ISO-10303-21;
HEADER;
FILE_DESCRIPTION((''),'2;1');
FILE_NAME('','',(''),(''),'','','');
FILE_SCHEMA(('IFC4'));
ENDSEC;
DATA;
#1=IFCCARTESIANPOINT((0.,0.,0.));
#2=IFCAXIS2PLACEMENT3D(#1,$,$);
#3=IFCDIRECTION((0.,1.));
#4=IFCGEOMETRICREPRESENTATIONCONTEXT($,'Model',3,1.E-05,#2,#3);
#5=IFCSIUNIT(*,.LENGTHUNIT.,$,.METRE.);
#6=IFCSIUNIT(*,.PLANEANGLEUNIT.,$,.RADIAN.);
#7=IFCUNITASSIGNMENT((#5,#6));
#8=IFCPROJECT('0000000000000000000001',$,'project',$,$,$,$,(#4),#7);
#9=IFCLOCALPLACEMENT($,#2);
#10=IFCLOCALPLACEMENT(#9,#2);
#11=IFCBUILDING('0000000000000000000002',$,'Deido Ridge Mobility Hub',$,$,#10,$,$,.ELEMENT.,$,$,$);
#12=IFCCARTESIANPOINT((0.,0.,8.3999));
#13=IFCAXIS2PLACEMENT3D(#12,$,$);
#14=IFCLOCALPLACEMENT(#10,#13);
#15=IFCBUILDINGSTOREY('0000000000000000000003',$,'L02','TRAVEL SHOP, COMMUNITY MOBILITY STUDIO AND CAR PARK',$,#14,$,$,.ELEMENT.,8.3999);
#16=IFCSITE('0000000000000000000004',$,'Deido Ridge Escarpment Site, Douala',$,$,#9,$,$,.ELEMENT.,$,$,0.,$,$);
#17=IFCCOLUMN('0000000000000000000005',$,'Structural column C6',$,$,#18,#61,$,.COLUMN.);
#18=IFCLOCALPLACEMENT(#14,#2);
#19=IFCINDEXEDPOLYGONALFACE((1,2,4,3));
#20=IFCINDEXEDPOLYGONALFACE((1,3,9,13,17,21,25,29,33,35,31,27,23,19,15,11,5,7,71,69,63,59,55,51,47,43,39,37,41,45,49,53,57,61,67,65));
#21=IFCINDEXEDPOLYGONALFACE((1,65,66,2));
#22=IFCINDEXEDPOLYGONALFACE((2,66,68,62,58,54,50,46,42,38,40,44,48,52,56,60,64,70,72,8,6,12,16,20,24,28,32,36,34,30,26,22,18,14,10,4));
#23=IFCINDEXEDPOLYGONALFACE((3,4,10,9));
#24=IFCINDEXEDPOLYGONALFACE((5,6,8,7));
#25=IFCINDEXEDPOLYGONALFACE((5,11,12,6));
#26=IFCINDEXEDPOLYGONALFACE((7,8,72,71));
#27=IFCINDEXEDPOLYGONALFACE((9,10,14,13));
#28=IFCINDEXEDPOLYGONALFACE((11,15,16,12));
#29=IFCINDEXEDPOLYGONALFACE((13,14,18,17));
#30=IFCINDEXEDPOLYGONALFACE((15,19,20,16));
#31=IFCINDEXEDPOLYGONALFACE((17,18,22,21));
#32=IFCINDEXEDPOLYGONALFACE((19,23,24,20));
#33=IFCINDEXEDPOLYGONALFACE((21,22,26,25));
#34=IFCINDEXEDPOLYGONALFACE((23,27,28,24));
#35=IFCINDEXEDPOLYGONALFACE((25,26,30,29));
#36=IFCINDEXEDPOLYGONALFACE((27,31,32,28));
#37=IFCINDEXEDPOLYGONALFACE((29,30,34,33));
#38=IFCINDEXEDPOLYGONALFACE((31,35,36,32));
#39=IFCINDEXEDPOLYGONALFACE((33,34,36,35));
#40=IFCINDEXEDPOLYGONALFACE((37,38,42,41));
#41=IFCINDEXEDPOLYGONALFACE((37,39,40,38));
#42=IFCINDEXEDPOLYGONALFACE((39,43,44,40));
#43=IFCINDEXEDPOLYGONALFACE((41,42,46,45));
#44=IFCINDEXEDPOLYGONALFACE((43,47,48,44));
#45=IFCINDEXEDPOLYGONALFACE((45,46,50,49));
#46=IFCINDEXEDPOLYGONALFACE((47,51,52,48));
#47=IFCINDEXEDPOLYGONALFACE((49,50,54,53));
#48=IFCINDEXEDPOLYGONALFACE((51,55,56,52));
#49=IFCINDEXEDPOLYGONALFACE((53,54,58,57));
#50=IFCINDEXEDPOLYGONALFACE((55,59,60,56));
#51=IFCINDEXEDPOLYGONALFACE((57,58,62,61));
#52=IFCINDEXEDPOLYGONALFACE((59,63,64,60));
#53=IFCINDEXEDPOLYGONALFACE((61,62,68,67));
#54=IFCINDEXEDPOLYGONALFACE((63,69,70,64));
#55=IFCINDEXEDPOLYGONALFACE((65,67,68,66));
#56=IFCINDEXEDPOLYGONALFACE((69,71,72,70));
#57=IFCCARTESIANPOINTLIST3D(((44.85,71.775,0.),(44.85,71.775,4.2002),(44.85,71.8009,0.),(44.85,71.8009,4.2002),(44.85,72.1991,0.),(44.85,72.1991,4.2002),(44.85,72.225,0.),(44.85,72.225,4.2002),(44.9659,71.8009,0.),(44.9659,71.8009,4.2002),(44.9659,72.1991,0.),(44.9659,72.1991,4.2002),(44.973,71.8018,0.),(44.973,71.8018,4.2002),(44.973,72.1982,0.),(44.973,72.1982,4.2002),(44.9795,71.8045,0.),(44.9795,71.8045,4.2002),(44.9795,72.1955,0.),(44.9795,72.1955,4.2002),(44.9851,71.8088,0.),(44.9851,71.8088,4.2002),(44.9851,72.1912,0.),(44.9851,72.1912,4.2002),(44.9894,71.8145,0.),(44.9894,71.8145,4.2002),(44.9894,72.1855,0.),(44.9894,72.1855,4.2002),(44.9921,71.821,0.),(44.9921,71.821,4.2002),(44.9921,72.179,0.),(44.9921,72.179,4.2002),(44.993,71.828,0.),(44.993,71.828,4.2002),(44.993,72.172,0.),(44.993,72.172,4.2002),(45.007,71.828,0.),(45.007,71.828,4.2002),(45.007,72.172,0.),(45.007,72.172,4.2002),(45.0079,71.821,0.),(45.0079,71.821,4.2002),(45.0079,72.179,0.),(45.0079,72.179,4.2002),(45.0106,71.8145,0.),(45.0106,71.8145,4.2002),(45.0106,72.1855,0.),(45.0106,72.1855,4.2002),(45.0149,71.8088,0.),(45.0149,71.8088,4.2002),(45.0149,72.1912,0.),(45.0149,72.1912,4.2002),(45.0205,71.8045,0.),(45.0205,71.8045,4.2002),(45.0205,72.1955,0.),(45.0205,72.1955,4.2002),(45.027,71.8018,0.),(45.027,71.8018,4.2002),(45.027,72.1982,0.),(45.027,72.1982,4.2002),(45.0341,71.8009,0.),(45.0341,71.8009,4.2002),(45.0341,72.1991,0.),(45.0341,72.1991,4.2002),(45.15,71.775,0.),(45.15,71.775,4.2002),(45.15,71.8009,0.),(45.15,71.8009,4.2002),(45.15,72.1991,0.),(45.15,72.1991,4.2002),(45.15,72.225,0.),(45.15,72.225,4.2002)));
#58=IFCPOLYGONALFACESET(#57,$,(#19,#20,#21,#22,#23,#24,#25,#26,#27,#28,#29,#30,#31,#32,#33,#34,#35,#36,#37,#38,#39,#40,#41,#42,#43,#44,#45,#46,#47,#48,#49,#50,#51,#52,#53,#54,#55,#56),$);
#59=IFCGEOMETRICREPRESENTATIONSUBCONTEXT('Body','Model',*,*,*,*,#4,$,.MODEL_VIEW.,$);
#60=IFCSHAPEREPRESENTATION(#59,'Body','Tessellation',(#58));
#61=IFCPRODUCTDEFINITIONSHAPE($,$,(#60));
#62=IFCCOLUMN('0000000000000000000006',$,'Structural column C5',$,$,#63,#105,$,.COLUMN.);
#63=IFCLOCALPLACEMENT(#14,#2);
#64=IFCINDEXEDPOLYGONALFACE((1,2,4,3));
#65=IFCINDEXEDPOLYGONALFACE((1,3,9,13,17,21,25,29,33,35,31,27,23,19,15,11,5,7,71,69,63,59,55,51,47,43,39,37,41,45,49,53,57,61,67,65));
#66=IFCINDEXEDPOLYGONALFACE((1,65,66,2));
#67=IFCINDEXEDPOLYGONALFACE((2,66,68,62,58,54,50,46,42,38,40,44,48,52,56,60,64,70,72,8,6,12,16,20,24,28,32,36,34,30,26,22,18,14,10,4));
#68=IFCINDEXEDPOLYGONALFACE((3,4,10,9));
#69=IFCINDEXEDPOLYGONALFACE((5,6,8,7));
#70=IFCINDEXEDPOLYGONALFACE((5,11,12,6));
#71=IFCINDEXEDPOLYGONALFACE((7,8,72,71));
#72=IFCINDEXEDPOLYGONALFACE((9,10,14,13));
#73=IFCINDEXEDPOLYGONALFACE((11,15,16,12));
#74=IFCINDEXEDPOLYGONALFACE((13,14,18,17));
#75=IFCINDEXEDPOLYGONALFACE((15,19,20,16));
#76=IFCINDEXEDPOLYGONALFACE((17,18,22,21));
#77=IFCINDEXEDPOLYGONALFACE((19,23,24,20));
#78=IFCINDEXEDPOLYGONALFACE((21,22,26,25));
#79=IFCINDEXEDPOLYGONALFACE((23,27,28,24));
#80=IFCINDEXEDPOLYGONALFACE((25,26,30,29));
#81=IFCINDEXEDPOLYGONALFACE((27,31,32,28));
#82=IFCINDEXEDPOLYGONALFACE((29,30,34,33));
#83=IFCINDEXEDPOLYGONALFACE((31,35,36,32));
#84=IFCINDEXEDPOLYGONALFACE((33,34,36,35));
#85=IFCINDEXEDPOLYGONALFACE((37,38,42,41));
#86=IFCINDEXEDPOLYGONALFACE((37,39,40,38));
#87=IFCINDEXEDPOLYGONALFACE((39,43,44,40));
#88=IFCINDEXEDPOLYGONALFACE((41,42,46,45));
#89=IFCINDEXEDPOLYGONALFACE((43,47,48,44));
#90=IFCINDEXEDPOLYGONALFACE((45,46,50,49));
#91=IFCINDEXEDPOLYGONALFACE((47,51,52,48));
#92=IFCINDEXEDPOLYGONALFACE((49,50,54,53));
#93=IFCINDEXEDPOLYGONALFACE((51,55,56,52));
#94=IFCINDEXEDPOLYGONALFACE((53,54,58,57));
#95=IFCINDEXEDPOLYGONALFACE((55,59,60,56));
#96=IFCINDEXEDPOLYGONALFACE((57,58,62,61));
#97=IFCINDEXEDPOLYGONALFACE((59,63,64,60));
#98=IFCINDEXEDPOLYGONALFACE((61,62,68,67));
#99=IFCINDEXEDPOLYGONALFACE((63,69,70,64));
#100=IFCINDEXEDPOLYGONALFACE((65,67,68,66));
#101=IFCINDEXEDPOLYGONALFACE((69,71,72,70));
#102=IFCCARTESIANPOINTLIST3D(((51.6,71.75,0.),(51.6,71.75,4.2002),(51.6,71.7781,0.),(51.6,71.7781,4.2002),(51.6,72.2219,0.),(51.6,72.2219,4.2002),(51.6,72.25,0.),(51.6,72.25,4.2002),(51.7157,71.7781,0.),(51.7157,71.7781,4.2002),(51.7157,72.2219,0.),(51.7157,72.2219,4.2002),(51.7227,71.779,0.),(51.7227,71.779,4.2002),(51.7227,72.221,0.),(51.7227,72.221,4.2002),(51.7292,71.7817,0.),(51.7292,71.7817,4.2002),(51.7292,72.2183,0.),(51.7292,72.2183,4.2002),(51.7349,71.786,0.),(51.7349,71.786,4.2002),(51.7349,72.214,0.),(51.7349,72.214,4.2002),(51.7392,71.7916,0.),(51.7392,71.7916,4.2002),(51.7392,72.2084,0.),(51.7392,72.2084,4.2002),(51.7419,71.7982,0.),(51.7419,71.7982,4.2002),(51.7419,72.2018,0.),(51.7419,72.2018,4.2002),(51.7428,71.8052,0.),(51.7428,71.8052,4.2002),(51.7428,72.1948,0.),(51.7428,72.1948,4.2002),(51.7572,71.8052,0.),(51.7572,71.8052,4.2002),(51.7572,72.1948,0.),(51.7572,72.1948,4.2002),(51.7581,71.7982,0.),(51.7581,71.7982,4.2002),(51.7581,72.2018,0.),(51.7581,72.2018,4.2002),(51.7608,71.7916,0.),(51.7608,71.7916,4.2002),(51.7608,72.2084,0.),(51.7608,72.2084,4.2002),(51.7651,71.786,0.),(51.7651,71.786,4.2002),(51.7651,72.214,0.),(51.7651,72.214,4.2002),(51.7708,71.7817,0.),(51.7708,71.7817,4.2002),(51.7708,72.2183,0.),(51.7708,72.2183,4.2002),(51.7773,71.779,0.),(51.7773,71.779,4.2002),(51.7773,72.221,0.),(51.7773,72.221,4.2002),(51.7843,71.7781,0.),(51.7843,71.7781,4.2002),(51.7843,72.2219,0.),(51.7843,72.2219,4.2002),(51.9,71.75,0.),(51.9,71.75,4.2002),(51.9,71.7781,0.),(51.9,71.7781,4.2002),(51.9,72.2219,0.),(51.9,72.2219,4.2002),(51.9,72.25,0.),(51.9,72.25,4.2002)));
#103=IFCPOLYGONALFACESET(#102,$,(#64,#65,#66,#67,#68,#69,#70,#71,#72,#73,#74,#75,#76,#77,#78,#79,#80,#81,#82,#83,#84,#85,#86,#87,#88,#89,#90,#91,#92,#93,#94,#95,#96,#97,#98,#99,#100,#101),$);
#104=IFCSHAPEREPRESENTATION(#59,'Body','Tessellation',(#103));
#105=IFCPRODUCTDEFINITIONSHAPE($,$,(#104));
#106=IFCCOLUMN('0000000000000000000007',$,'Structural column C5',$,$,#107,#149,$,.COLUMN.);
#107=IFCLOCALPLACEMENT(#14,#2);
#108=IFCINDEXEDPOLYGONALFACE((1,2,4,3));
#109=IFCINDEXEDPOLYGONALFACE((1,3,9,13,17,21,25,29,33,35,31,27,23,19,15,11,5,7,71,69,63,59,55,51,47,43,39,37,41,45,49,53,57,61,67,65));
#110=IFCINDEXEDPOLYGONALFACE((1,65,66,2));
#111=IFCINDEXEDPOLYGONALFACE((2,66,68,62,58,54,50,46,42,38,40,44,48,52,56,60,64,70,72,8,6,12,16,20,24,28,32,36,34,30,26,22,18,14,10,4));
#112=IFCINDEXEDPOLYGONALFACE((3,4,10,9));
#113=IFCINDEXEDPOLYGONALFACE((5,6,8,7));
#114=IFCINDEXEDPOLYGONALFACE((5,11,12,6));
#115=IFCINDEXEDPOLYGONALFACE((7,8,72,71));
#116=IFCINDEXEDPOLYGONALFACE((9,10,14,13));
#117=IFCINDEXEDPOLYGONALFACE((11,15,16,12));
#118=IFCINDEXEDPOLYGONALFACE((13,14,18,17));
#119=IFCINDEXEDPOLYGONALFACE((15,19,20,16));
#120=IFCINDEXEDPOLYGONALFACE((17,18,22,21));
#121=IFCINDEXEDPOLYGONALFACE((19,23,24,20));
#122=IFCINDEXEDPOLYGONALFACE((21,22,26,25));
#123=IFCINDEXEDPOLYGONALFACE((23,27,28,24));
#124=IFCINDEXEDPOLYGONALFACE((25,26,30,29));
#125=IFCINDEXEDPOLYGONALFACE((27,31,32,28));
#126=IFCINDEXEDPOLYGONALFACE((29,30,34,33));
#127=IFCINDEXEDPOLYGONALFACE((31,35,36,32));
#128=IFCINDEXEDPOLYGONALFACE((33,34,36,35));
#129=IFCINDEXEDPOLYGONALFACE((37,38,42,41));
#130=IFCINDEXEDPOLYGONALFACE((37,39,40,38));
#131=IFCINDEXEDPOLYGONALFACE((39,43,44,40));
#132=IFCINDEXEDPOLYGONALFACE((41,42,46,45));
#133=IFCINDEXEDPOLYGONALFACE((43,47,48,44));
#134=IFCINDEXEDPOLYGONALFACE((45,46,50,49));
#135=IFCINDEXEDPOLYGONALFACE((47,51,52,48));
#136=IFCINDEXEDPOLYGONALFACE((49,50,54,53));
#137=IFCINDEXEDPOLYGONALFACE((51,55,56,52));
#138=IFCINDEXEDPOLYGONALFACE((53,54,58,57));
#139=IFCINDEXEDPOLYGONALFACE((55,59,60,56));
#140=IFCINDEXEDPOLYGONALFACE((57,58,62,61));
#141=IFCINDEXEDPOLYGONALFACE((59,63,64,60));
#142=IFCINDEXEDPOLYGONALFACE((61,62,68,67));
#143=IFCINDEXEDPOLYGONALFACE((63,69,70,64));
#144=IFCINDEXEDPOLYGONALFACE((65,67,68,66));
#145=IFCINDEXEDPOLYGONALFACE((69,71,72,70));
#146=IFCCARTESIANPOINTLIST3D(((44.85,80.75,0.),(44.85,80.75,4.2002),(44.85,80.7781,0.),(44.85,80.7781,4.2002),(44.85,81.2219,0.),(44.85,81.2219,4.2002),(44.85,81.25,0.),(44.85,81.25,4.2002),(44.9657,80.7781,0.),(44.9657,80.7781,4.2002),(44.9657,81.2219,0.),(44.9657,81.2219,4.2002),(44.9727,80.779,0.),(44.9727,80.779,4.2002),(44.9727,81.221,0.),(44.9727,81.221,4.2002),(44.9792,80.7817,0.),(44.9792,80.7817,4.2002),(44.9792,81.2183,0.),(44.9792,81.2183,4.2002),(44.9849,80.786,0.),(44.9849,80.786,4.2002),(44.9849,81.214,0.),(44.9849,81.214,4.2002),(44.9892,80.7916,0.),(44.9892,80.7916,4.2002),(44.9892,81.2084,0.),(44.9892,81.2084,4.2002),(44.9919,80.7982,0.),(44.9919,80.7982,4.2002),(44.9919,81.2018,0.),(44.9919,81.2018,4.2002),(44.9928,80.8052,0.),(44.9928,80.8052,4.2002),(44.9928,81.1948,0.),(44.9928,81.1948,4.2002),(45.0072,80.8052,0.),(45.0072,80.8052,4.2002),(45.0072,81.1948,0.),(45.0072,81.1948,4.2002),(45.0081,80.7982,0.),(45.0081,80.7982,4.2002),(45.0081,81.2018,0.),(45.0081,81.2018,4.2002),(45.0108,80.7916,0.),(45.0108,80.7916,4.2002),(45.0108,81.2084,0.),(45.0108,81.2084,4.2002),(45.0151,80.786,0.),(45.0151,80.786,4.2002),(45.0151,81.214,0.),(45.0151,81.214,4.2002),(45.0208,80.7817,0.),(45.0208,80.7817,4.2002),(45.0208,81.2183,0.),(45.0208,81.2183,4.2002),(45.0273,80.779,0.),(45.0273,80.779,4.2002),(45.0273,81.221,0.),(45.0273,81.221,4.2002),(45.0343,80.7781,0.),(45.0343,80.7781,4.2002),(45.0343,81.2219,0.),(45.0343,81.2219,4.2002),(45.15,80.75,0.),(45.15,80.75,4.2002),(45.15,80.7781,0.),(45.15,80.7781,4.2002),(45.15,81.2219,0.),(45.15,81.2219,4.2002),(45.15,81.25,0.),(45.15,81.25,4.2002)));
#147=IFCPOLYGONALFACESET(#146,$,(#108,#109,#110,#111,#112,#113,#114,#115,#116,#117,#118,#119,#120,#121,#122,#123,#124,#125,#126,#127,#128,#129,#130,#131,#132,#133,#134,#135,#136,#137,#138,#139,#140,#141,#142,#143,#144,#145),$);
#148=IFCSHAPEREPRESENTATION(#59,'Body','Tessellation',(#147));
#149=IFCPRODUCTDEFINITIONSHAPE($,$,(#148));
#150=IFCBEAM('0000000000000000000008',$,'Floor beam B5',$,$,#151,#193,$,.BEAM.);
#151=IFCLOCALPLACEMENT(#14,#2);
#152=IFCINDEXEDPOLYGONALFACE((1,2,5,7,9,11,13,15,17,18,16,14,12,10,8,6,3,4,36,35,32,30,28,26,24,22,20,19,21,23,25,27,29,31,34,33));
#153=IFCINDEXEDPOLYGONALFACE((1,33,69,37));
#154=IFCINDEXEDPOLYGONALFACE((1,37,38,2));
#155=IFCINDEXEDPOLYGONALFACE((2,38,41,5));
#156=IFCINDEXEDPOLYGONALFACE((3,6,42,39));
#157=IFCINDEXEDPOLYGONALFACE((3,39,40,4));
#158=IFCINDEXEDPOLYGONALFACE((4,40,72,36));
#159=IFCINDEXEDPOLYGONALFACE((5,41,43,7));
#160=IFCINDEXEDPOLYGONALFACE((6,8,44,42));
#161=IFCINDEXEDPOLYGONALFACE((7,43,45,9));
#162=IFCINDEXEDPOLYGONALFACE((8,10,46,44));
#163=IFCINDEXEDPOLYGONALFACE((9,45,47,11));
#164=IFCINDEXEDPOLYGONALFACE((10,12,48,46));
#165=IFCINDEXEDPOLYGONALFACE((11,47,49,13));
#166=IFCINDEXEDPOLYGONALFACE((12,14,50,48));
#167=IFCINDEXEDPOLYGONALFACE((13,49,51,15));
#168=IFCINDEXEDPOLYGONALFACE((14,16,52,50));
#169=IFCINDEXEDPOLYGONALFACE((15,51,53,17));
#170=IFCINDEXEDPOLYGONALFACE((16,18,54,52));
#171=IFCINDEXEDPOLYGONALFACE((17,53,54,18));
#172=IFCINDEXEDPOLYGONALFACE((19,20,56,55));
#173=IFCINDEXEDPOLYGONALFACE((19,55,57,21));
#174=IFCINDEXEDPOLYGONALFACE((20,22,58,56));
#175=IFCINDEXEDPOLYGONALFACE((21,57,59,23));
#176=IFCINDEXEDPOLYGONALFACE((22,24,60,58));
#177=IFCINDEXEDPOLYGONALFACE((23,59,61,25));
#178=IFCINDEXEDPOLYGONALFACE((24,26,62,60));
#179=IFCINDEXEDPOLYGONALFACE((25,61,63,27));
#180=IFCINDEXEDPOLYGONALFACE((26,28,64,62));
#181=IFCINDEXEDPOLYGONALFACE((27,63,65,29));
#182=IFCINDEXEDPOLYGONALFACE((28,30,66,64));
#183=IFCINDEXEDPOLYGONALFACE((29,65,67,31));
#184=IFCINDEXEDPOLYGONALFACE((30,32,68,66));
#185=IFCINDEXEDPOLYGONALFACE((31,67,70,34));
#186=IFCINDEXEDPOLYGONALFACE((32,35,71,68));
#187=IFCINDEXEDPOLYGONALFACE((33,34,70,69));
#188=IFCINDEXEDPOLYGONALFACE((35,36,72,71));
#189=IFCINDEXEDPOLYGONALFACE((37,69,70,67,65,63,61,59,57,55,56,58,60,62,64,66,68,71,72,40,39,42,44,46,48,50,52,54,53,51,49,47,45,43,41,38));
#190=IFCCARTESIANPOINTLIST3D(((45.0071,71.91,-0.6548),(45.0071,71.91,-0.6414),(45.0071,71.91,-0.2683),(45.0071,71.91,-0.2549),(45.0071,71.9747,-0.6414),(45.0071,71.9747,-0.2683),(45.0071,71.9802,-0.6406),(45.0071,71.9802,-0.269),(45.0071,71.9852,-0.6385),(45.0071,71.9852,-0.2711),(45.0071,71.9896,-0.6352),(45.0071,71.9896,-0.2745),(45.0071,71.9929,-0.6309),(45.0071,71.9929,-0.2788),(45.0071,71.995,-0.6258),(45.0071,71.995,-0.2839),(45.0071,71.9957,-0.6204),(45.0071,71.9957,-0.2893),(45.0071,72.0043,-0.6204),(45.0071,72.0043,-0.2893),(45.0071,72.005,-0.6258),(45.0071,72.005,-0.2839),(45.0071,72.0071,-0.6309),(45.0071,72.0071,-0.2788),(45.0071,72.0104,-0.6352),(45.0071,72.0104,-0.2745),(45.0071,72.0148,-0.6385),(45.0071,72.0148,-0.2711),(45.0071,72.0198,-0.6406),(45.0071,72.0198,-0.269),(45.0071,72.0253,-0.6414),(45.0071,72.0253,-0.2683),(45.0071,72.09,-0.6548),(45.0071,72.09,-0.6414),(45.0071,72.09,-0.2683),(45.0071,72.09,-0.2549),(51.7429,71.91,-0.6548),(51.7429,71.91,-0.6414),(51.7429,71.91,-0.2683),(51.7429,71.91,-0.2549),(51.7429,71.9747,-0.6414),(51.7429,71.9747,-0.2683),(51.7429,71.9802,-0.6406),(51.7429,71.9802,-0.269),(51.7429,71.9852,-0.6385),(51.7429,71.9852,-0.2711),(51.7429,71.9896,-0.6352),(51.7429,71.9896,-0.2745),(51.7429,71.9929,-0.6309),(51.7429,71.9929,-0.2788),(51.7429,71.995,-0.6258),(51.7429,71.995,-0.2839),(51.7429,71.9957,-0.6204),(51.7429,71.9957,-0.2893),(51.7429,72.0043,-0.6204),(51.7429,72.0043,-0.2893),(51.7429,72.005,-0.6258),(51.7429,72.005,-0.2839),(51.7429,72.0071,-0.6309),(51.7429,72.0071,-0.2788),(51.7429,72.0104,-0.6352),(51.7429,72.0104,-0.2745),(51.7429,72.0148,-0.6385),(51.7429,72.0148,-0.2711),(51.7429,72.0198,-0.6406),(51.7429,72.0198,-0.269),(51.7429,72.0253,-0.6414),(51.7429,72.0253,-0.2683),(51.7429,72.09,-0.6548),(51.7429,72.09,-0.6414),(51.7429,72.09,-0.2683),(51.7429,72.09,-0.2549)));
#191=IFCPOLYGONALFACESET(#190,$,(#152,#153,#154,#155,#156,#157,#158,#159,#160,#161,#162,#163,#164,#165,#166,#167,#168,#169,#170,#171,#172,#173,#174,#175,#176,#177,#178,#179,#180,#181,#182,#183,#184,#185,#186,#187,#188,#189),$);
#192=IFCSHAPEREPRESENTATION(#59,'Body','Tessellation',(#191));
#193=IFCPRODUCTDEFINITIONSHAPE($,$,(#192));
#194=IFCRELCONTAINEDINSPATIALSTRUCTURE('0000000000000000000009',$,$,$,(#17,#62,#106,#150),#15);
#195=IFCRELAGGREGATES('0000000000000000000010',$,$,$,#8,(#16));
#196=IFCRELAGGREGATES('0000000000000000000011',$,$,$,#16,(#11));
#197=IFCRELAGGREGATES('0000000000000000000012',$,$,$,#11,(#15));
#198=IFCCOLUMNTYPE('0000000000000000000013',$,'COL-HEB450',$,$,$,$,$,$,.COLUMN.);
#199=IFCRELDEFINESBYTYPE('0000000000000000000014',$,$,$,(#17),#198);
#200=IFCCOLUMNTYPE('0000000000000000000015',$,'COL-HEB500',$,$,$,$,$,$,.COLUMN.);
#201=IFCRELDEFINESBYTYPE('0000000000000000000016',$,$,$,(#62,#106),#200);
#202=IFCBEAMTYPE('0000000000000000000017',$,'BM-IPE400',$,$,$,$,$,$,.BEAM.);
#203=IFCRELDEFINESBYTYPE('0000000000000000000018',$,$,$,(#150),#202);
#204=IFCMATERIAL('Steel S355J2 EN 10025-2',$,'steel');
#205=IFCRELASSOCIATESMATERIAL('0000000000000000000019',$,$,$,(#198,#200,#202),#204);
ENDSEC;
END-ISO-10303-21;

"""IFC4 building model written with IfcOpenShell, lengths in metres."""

from ifc_helpers import new_model, si_unit, direction, frame, origin, origin_2d, place, context, subcontext, project, spatial, i_section, extrude, material, material_profile, profile_set, type_object, element, save


model = new_model("IFC4")

# Units and contexts
model_context = context("Model", 3, precision=1e-05, world=origin(), true_north=direction((0.0, 1.0)))
body_context = subcontext(model_context, "Body", "Model", "MODEL_VIEW")
ifc_project = project(units=[si_unit("LENGTHUNIT", "METRE"), si_unit("PLANEANGLEUNIT", "RADIAN")], contexts=[model_context])

# Site, building, storey
site_placement = place(None, origin())
site = spatial("IfcSite", under=ifc_project, at=site_placement, Name="Deido Ridge Escarpment Site, Douala", CompositionType="ELEMENT", RefElevation=0.0)
building_placement = place(site_placement, origin())
building = spatial("IfcBuilding", under=site, at=building_placement, Name="Deido Ridge Mobility Hub", CompositionType="ELEMENT")
storey_placement = place(building_placement, frame((0.0, 0.0, 8.3999)))
storey = spatial("IfcBuildingStorey", under=building, at=storey_placement, Name="L02", Description="TRAVEL SHOP, COMMUNITY MOBILITY STUDIO AND CAR PARK", CompositionType="ELEMENT", Elevation=8.3999)

# Columns
ifc_material_1 = material(Name="Steel S355J2 EN 10025-2", Category="steel")
ifc_material_profile_1 = material_profile(ifc_material_1, i_section(OverallWidth=0.3, OverallDepth=0.45, WebThickness=0.0139, FlangeThickness=0.0259, FilletRadius=0.0271, at=origin_2d()), Name="HEB 450")
ifc_profile_set_1 = profile_set([ifc_material_profile_1], Name="Steel S355J2 EN 10025-2")
column_type_1 = type_object("IfcColumnType", Name="COL-HEB450", PredefinedType="COLUMN", material=ifc_profile_set_1)
column_placement = place(storey_placement, frame((45.0, 72.0, 0.0), z_axis=(0.0, 0.0, 1.0), x_axis=(1.0, 0.0, 0.0)))
element("IfcColumn", 1, at=column_placement, inside=storey, type_object=column_type_1, Name="Structural column C6", PredefinedType="COLUMN", context=body_context, shape_type="SweptSolid", body=[
    extrude(i_section(OverallWidth=0.3, OverallDepth=0.45, WebThickness=0.0139, FlangeThickness=0.0259, FilletRadius=0.0271, at=origin_2d()), origin(), (0.0, 0.0, 1.0), 4.2002),
])
ifc_material_profile_2 = material_profile(ifc_material_1, i_section(OverallWidth=0.3, OverallDepth=0.5, WebThickness=0.0144, FlangeThickness=0.0281, FilletRadius=0.0271, at=origin_2d()), Name="HEB 500")
ifc_profile_set_2 = profile_set([ifc_material_profile_2], Name="Steel S355J2 EN 10025-2")
column_type_2 = type_object("IfcColumnType", Name="COL-HEB500", PredefinedType="COLUMN", material=ifc_profile_set_2)
for number, where, z_axis, x_axis, name in (
    (2, (51.75, 72.0, 0.0), (0.0, 0.0, 1.0), (1.0, 0.0, 0.0), "Structural column C5"),
    (3, (45.0, 81.0, 0.0), (0.0, 0.0, 1.0), (1.0, 0.0, 0.0), "Structural column C5"),
):
    element("IfcColumn", number, at=place(storey_placement, frame(where, z_axis=z_axis, x_axis=x_axis)), inside=storey, type_object=column_type_2, Name=name, PredefinedType="COLUMN", context=body_context, shape_type="SweptSolid", body=[
        extrude(i_section(OverallWidth=0.3, OverallDepth=0.5, WebThickness=0.0144, FlangeThickness=0.0281, FilletRadius=0.0271, at=origin_2d()), origin(), (0.0, 0.0, 1.0), 4.2002),
    ])

# Beam
ifc_material_profile_3 = material_profile(ifc_material_1, i_section(OverallWidth=0.1799, OverallDepth=0.3999, WebThickness=0.0085, FlangeThickness=0.0134, FilletRadius=0.021, at=origin_2d()), Name="IPE 400")
ifc_profile_set_3 = profile_set([ifc_material_profile_3], Name="Steel S355J2 EN 10025-2")
beam_type_1 = type_object("IfcBeamType", Name="BM-IPE400", PredefinedType="BEAM", material=ifc_profile_set_3)
beam_1_placement = place(storey_placement, frame((45.0071, 72.0, -0.4548), z_axis=(1.0, 0.0, 0.0), x_axis=(0.0, 1.0, 0.0)))
element("IfcBeam", 4, at=beam_1_placement, inside=storey, type_object=beam_type_1, Name="Floor beam B5", PredefinedType="BEAM", context=body_context, shape_type="SweptSolid", body=[
    extrude(i_section(OverallWidth=0.1799, OverallDepth=0.3999, WebThickness=0.0085, FlangeThickness=0.0134, FilletRadius=0.021, at=origin_2d()), origin(), (0.0, 0.0, 1.0), 6.7358),
])

save(model, "model.ifc")
